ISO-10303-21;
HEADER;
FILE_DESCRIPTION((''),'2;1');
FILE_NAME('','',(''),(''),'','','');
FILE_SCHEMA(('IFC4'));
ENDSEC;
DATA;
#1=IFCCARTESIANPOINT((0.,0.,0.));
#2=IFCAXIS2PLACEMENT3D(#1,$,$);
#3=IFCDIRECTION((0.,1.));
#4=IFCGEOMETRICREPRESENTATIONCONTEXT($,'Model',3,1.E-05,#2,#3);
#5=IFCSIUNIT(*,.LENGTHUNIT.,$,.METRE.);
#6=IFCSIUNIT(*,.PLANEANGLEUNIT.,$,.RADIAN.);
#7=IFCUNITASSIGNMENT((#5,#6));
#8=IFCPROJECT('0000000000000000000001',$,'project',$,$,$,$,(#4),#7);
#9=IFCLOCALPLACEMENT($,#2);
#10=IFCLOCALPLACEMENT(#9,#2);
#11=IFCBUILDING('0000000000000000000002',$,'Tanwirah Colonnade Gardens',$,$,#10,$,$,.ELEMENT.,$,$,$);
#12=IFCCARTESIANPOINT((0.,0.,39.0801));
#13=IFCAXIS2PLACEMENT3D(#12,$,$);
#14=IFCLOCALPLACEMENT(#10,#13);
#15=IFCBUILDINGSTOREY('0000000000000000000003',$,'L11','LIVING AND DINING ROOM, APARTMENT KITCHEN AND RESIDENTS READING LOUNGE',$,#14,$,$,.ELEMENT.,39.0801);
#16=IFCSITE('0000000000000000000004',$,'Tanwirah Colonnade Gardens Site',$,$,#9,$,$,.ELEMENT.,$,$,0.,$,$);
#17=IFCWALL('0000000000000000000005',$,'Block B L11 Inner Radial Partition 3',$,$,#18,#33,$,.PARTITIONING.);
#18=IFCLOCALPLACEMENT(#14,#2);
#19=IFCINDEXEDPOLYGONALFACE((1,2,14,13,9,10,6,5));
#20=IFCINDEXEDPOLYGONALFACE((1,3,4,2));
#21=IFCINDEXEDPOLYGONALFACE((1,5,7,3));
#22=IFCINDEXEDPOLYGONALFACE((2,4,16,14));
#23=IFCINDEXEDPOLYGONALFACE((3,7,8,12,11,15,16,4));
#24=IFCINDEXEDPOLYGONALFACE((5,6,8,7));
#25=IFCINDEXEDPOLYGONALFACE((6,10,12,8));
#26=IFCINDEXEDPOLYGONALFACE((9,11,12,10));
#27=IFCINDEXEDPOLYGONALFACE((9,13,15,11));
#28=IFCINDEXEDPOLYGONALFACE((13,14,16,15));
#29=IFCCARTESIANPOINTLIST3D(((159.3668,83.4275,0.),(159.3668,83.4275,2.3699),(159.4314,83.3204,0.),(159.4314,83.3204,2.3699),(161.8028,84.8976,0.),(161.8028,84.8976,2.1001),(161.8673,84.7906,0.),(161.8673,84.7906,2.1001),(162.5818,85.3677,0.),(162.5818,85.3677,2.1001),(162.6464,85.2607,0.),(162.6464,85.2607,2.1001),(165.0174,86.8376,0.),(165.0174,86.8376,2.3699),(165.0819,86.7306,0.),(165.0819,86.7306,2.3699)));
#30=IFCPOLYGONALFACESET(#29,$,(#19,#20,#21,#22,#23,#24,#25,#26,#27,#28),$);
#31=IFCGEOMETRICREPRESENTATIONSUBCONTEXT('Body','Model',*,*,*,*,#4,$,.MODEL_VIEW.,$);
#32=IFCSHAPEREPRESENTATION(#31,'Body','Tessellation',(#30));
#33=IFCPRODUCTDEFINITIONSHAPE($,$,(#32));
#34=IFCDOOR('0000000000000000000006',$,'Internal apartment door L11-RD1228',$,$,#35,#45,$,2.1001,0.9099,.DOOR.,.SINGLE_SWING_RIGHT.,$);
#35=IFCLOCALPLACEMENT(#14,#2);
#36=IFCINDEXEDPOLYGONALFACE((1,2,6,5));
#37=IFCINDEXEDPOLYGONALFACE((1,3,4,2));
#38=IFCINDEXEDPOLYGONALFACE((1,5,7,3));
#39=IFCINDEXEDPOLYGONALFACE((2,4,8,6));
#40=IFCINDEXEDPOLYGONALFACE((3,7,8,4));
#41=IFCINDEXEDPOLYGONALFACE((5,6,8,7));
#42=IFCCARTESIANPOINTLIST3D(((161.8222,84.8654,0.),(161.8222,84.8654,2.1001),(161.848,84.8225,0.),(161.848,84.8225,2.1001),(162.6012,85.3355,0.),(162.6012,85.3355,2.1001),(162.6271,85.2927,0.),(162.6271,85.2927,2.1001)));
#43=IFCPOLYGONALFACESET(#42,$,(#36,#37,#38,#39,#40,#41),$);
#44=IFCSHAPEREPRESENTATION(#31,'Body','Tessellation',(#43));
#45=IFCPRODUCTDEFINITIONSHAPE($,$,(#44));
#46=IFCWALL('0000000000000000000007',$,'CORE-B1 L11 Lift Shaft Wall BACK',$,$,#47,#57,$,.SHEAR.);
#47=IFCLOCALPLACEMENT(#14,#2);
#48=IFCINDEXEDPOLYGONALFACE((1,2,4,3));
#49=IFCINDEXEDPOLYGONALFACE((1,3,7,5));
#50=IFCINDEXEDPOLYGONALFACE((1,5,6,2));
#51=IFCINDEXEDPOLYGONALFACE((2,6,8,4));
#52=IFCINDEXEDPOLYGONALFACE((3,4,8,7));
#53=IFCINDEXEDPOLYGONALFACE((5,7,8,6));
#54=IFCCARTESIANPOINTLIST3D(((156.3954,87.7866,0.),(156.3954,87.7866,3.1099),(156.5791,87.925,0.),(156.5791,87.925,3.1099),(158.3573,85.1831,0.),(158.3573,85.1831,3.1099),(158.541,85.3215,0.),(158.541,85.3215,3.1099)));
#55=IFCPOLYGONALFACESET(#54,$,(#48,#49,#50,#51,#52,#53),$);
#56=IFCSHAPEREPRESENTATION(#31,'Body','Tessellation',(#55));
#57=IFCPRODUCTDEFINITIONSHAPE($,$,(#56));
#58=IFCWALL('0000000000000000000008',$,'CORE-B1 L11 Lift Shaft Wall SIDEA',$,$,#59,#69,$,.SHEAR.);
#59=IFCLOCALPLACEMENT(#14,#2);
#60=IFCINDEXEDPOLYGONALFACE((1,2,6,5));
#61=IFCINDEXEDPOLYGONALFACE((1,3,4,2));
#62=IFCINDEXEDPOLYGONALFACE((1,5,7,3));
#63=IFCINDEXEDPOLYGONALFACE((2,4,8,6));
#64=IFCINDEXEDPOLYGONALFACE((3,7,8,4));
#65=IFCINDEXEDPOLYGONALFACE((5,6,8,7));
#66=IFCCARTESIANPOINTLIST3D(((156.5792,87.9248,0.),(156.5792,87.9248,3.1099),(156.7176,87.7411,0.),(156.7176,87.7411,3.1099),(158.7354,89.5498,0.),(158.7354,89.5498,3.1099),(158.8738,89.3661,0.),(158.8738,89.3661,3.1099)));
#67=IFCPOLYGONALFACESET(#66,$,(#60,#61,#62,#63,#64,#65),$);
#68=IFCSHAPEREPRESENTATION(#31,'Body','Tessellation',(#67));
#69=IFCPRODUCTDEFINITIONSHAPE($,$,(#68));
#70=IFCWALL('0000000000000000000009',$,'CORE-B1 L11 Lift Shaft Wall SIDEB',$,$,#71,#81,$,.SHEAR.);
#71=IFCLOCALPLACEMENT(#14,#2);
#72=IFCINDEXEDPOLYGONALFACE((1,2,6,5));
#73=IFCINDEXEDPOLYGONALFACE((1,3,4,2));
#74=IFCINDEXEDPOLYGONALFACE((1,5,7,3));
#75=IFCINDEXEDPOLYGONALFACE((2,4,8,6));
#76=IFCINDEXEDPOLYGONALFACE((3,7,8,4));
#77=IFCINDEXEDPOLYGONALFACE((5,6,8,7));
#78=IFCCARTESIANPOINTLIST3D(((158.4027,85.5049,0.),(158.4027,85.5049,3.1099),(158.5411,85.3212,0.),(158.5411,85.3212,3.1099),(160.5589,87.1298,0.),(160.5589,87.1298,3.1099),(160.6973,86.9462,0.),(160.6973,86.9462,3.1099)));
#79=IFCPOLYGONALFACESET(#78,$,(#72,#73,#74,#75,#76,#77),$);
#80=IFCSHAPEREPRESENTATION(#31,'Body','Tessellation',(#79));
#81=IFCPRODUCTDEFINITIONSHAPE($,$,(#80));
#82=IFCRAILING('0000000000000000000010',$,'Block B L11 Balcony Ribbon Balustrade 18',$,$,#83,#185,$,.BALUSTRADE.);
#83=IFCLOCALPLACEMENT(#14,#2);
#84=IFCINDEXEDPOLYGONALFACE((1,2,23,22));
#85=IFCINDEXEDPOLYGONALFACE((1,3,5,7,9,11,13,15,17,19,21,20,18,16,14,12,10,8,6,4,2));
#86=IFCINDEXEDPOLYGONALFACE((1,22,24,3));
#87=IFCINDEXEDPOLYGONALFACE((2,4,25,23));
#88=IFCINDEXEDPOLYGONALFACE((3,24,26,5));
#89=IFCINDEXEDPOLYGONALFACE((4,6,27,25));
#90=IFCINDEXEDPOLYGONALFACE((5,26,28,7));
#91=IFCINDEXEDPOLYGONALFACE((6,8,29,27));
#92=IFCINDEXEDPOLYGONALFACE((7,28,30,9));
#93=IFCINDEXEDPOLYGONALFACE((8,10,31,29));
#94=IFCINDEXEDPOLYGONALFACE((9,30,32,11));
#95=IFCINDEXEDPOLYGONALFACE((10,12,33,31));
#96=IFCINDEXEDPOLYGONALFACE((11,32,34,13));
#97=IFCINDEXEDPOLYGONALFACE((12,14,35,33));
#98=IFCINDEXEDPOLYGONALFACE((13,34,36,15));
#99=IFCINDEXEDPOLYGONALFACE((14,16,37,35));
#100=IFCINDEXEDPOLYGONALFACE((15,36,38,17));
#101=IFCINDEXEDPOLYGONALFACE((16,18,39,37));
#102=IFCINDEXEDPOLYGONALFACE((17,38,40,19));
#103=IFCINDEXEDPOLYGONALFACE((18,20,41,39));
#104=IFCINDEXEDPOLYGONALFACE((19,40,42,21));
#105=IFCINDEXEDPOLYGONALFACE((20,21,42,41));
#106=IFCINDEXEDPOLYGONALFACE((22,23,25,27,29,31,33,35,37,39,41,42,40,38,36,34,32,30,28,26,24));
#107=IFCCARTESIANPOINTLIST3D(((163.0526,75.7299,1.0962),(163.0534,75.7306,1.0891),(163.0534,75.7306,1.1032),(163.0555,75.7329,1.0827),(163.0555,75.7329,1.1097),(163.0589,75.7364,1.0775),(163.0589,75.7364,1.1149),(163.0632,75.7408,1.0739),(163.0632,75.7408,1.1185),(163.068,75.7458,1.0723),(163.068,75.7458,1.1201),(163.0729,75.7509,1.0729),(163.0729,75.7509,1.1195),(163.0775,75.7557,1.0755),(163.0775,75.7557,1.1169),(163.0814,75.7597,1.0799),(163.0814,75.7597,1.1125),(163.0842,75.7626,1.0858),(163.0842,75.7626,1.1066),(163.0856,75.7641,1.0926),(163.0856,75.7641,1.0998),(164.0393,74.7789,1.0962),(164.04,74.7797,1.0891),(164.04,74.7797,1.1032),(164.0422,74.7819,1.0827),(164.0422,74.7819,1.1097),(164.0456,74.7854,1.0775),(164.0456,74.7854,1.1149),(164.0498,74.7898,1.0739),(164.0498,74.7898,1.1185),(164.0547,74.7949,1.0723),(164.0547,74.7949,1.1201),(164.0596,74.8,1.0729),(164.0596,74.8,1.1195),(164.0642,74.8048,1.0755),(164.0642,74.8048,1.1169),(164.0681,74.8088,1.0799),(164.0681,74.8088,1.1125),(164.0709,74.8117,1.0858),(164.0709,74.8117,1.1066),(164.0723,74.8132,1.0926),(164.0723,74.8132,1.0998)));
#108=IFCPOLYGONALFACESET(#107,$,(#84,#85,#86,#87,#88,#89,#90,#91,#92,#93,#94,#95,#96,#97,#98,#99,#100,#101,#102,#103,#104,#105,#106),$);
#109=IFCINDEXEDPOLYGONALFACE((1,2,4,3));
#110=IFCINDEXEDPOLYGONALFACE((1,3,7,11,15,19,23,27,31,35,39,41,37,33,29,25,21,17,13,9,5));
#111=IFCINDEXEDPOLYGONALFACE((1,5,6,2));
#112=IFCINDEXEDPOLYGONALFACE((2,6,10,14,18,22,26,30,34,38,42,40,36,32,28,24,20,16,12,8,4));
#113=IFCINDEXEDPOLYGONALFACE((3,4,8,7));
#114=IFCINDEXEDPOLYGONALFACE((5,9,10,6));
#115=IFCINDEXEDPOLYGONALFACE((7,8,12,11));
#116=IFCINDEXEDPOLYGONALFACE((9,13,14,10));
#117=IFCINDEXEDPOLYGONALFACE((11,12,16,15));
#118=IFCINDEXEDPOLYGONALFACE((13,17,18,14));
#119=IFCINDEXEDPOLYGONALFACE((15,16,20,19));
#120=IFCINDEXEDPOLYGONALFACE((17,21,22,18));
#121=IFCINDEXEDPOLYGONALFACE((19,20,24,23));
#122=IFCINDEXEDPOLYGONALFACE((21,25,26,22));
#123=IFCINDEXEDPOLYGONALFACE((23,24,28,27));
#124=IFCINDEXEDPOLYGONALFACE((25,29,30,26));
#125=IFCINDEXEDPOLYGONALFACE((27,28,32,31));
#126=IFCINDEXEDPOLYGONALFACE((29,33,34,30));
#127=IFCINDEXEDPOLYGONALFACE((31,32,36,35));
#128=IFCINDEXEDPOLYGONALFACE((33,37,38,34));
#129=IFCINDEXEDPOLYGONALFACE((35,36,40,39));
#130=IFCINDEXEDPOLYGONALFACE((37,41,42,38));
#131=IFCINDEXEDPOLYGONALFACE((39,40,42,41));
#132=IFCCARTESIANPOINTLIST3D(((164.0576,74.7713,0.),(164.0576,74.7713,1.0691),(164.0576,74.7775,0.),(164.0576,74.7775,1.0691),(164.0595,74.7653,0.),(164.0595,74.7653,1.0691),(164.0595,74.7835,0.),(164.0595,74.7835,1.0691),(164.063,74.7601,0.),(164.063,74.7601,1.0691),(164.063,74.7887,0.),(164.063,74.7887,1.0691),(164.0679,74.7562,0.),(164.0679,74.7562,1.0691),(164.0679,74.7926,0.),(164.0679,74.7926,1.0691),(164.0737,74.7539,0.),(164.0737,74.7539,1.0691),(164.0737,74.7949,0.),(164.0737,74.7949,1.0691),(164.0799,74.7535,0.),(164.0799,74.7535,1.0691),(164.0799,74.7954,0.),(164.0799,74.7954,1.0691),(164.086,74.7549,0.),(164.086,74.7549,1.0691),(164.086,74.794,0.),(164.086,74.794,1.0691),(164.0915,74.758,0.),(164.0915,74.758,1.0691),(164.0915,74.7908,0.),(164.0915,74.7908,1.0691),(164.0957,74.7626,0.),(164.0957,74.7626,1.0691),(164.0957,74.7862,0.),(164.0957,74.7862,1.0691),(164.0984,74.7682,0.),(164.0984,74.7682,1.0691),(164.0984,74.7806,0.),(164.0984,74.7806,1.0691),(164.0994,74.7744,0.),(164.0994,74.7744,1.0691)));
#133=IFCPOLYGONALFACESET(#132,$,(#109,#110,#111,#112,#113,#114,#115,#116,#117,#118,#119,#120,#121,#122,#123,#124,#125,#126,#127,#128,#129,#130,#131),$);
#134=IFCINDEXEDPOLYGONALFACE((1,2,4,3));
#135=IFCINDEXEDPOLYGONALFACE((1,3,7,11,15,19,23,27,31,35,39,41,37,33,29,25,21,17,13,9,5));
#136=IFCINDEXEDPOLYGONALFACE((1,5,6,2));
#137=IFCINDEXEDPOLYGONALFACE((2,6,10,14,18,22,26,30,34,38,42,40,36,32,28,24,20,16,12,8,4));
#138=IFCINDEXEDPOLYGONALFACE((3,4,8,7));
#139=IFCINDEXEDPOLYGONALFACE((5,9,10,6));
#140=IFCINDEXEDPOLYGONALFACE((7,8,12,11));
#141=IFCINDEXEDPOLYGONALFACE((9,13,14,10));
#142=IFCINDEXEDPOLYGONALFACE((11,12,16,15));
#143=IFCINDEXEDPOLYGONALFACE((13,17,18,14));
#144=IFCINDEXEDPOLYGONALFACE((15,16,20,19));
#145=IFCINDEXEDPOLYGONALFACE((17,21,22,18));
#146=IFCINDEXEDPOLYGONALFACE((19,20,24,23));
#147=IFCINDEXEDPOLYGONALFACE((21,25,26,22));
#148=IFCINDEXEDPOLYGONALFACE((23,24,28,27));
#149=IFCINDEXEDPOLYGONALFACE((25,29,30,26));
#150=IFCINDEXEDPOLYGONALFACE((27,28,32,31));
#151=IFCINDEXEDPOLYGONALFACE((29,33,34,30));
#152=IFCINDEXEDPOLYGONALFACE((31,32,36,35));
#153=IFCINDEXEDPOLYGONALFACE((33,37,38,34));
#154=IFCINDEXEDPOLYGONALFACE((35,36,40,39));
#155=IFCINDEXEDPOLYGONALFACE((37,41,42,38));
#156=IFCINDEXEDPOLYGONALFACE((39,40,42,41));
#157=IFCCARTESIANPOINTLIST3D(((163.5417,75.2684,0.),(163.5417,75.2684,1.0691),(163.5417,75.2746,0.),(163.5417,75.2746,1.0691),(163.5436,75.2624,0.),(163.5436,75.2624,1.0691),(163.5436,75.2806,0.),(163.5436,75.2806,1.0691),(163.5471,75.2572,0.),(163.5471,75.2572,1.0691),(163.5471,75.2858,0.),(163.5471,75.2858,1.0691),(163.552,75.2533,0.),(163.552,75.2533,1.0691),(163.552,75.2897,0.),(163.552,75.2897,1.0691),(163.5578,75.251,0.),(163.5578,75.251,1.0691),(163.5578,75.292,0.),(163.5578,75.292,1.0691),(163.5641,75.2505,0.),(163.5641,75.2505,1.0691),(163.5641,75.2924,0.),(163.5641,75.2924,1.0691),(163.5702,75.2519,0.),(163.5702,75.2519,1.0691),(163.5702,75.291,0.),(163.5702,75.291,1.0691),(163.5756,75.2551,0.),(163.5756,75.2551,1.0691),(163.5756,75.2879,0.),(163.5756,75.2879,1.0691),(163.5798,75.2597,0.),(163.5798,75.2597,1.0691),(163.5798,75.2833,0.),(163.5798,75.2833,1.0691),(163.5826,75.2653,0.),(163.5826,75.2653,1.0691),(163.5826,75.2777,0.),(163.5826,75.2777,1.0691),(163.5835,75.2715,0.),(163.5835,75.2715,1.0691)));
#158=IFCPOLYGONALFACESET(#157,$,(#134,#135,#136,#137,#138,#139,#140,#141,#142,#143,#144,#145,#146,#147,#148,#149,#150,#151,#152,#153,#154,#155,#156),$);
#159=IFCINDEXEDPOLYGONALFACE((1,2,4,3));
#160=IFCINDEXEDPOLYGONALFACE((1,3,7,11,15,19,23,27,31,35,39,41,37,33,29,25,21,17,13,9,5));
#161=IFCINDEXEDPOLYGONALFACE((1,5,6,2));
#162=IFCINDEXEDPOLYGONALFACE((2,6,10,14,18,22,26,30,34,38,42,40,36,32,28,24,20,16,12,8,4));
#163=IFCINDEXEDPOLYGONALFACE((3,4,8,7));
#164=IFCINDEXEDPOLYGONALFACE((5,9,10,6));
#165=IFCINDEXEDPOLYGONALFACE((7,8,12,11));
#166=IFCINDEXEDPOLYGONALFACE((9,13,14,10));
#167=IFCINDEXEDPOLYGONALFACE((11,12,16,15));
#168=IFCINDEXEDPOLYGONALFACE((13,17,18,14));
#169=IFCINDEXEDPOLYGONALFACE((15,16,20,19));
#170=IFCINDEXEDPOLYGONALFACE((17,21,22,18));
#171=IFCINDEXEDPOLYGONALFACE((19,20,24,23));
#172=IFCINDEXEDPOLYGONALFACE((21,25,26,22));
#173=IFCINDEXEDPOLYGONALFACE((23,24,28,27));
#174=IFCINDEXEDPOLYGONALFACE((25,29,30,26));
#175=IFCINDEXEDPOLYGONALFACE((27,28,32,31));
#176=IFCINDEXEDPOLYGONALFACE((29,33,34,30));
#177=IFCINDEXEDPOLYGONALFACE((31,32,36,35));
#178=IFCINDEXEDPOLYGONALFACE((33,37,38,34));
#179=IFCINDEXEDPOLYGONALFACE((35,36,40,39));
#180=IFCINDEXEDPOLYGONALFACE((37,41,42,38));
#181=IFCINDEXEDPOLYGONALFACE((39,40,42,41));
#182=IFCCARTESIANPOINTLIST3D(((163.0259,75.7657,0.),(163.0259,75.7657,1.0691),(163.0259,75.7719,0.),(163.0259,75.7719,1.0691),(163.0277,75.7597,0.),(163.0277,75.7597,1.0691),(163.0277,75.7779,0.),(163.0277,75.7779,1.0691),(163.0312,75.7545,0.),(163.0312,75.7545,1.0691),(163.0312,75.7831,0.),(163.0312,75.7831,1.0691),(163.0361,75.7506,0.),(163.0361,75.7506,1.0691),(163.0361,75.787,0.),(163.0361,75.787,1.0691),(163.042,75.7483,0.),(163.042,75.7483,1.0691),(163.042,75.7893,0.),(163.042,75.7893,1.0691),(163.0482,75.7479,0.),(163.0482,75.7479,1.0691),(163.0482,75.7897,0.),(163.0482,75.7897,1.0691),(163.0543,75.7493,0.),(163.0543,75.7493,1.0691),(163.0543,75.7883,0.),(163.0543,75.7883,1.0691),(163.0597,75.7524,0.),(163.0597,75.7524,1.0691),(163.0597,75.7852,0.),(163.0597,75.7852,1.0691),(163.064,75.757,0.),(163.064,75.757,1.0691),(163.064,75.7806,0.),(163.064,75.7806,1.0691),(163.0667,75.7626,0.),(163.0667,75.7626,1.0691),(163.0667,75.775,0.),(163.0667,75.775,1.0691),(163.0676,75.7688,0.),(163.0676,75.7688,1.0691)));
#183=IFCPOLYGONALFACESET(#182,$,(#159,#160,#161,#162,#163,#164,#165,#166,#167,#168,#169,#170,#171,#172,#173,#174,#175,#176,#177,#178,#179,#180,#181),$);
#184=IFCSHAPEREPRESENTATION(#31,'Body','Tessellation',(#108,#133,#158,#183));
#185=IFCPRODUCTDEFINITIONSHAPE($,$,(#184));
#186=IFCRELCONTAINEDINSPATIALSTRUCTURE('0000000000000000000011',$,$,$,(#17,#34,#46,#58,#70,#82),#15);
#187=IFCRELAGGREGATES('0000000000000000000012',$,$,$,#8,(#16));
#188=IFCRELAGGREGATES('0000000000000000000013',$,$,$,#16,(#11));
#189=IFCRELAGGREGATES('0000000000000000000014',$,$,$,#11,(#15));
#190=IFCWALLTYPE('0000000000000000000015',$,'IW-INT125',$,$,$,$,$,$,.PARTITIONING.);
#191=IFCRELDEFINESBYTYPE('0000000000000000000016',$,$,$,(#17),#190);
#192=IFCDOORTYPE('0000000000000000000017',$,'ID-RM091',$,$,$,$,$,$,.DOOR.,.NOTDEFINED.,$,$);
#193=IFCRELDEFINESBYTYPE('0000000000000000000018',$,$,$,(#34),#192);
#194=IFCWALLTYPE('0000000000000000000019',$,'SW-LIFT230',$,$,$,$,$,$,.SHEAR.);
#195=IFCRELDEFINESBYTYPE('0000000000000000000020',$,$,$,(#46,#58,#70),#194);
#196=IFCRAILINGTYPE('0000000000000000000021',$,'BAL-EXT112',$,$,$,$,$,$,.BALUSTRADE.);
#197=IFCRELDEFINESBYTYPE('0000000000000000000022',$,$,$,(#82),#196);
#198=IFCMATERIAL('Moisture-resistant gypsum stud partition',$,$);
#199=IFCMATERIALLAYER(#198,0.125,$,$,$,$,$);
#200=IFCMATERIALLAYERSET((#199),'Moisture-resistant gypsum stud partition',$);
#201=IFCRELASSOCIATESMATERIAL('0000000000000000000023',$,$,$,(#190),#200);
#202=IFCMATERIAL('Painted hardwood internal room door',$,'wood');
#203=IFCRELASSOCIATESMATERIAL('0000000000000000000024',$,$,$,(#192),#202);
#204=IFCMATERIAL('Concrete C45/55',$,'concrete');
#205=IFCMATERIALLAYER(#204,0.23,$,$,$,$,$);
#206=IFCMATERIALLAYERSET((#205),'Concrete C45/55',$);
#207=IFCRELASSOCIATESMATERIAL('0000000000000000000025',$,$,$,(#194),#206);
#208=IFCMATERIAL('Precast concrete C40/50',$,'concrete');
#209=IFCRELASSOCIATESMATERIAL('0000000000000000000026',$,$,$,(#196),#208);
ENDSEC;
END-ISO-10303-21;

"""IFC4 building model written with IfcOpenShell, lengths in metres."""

from ifc_helpers import new_model, si_unit, direction, frame, frame_2d, origin, origin_2d, place, context, subcontext, project, spatial, rectangle, circle, extrude, material, layer, layer_set, type_object, element, fill, save


model = new_model("IFC4")

# Units and contexts
model_context = context("Model", 3, precision=1e-05, world=origin(), true_north=direction((0.0, 1.0)))
body_context = subcontext(model_context, "Body", "Model", "MODEL_VIEW")
ifc_project = project(units=[si_unit("LENGTHUNIT", "METRE"), si_unit("PLANEANGLEUNIT", "RADIAN")], contexts=[model_context])

# Site, building, storey
site_placement = place(None, origin())
site = spatial("IfcSite", under=ifc_project, at=site_placement, Name="Tanwirah Colonnade Gardens Site", CompositionType="ELEMENT", RefElevation=0.0)
building_placement = place(site_placement, origin())
building = spatial("IfcBuilding", under=site, at=building_placement, Name="Tanwirah Colonnade Gardens", CompositionType="ELEMENT")
storey_placement = place(building_placement, frame((0.0, 0.0, 39.0801)))
storey = spatial("IfcBuildingStorey", under=building, at=storey_placement, Name="L11", Description="LIVING AND DINING ROOM, APARTMENT KITCHEN AND RESIDENTS READING LOUNGE", CompositionType="ELEMENT", Elevation=39.0801)

# Shared definitions
ifc_material_1 = material(Name="Precast concrete C40/50", Category="concrete")

# Wall, opening, door
ifc_material_2 = material(Name="Moisture-resistant gypsum stud partition")
ifc_layer_1 = layer(ifc_material_2, 0.125)
ifc_layer_set_1 = layer_set([ifc_layer_1], Name="Moisture-resistant gypsum stud partition")
wall_type_1 = type_object("IfcWallType", Name="IW-INT125", PredefinedType="PARTITIONING", material=ifc_layer_set_1)
wall_1_placement = place(storey_placement, frame((159.3992, 83.374, 0.0), z_axis=(0.0, 0.0, 1.0), x_axis=(0.856168, 0.516697, 0.0)))
wall_1 = element("IfcWall", 1, at=wall_1_placement, inside=storey, type_object=wall_type_1, Name="Block B L11 Inner Radial Partition 3", PredefinedType="PARTITIONING", context=body_context, shape_type="SweptSolid", body=[
    extrude(rectangle(XDim=6.5999, YDim=0.125, at=frame_2d((3.2998, 0.0))), origin(), (0.0, 0.0, 1.0), 2.3699),
])
opening_1_placement = place(wall_1_placement, frame((2.845, 0.0, 0.0)))
opening_1 = element("IfcOpeningElement", 2, at=opening_1_placement, cuts=wall_1, PredefinedType="OPENING", context=body_context, shape_type="SweptSolid", body=[
    extrude(rectangle(XDim=0.9099, YDim=2.1001, at=frame_2d((0.4551, 1.05))), frame((0.0, 0.0725, 0.0), z_axis=(0.0, -1.0, 0.0), x_axis=(1.0, 0.0, 0.0)), (0.0, 0.0, 1.0), 0.145),
])
ifc_material_3 = material(Name="Painted hardwood internal room door", Category="wood")
door_type_1 = type_object("IfcDoorType", Name="ID-RM091", OperationType="NOTDEFINED", PredefinedType="DOOR", material=ifc_material_3)
door_1_placement = place(opening_1_placement, origin())
door_1 = element("IfcDoor", 3, at=door_1_placement, inside=storey, type_object=door_type_1, Name="Internal apartment door L11-RD1228", OperationType="SINGLE_SWING_RIGHT", OverallHeight=2.1001, OverallWidth=0.9099, PredefinedType="DOOR", context=body_context, shape_type="SweptSolid", body=[
    extrude(rectangle(XDim=0.9099, YDim=2.1001, at=frame_2d((0.4551, 1.05))), frame((0.0, 0.0249, 0.0), z_axis=(0.0, -1.0, 0.0), x_axis=(1.0, 0.0, 0.0)), (0.0, 0.0, 1.0), 0.05),
])
fill(opening_1, door_1)
ifc_material_4 = material(Name="Concrete C45/55", Category="concrete")
ifc_layer_2 = layer(ifc_material_4, 0.23)
ifc_layer_set_2 = layer_set([ifc_layer_2], Name="Concrete C45/55")
wall_type_2 = type_object("IfcWallType", Name="SW-LIFT230", PredefinedType="SHEAR", material=ifc_layer_set_2)

# Walls
wall_2_placement = place(storey_placement, frame((156.4873, 87.8557, 0.0), z_axis=(0.0, 0.0, 1.0), x_axis=(0.60182, -0.798632, 0.0)))
element("IfcWall", 4, at=wall_2_placement, inside=storey, type_object=wall_type_2, Name="CORE-B1 L11 Lift Shaft Wall BACK", PredefinedType="SHEAR", context=body_context, shape_type="SweptSolid", body=[
    extrude(rectangle(XDim=3.26, YDim=0.23, at=frame_2d((1.6299, 0.0))), origin(), (0.0, 0.0, 1.0), 3.1099),
])
for number, where, z_axis, x_axis, name in (
    (5, (158.8047, 89.458, 0.0), (0.0, 0.0, 1.0), (-0.798609, -0.60185, 0.0), "CORE-B1 L11 Lift Shaft Wall SIDEA"),
    (6, (160.6282, 87.0381, 0.0), (0.0, 0.0, 1.0), (-0.798609, -0.60185, 0.0), "CORE-B1 L11 Lift Shaft Wall SIDEB"),
):
    element("IfcWall", number, at=place(storey_placement, frame(where, z_axis=z_axis, x_axis=x_axis)), inside=storey, type_object=wall_type_2, Name=name, PredefinedType="SHEAR", context=body_context, shape_type="SweptSolid", body=[
        extrude(rectangle(XDim=2.7, YDim=0.23, at=frame_2d((1.3501, 0.0))), origin(), (0.0, 0.0, 1.0), 3.1099),
    ])

# Railing
railing_type = type_object("IfcRailingType", Name="BAL-EXT112", PredefinedType="BALUSTRADE", material=ifc_material_1)
railing_1_placement = place(storey_placement, frame((164.0784, 74.7744, 0.0)))
element("IfcRailing", 7, at=railing_1_placement, inside=storey, type_object=railing_type, Name="Block B L11 Balcony Ribbon Balustrade 18", PredefinedType="BALUSTRADE", context=body_context, shape_type="SweptSolid", body=[
    extrude(circle(Radius=0.0239, at=origin_2d()), frame((-0.0225, 0.0217, 1.0962), z_axis=(-0.720021, 0.693953, 0.0), x_axis=(-0.693953, -0.720021, 0.0)), (0.0, 0.0, 1.0), 1.3704),
    extrude(circle(Radius=0.021, at=origin_2d()), origin(), (0.0, 0.0, 1.0), 1.0691),
    extrude(circle(Radius=0.021, at=origin_2d()), frame((-0.5159, 0.4971, 0.0)), (0.0, 0.0, 1.0), 1.0691),
    extrude(circle(Radius=0.021, at=origin_2d()), frame((-1.0317, 0.9944, 0.0)), (0.0, 0.0, 1.0), 1.0691),
])

save(model, "model.ifc")
